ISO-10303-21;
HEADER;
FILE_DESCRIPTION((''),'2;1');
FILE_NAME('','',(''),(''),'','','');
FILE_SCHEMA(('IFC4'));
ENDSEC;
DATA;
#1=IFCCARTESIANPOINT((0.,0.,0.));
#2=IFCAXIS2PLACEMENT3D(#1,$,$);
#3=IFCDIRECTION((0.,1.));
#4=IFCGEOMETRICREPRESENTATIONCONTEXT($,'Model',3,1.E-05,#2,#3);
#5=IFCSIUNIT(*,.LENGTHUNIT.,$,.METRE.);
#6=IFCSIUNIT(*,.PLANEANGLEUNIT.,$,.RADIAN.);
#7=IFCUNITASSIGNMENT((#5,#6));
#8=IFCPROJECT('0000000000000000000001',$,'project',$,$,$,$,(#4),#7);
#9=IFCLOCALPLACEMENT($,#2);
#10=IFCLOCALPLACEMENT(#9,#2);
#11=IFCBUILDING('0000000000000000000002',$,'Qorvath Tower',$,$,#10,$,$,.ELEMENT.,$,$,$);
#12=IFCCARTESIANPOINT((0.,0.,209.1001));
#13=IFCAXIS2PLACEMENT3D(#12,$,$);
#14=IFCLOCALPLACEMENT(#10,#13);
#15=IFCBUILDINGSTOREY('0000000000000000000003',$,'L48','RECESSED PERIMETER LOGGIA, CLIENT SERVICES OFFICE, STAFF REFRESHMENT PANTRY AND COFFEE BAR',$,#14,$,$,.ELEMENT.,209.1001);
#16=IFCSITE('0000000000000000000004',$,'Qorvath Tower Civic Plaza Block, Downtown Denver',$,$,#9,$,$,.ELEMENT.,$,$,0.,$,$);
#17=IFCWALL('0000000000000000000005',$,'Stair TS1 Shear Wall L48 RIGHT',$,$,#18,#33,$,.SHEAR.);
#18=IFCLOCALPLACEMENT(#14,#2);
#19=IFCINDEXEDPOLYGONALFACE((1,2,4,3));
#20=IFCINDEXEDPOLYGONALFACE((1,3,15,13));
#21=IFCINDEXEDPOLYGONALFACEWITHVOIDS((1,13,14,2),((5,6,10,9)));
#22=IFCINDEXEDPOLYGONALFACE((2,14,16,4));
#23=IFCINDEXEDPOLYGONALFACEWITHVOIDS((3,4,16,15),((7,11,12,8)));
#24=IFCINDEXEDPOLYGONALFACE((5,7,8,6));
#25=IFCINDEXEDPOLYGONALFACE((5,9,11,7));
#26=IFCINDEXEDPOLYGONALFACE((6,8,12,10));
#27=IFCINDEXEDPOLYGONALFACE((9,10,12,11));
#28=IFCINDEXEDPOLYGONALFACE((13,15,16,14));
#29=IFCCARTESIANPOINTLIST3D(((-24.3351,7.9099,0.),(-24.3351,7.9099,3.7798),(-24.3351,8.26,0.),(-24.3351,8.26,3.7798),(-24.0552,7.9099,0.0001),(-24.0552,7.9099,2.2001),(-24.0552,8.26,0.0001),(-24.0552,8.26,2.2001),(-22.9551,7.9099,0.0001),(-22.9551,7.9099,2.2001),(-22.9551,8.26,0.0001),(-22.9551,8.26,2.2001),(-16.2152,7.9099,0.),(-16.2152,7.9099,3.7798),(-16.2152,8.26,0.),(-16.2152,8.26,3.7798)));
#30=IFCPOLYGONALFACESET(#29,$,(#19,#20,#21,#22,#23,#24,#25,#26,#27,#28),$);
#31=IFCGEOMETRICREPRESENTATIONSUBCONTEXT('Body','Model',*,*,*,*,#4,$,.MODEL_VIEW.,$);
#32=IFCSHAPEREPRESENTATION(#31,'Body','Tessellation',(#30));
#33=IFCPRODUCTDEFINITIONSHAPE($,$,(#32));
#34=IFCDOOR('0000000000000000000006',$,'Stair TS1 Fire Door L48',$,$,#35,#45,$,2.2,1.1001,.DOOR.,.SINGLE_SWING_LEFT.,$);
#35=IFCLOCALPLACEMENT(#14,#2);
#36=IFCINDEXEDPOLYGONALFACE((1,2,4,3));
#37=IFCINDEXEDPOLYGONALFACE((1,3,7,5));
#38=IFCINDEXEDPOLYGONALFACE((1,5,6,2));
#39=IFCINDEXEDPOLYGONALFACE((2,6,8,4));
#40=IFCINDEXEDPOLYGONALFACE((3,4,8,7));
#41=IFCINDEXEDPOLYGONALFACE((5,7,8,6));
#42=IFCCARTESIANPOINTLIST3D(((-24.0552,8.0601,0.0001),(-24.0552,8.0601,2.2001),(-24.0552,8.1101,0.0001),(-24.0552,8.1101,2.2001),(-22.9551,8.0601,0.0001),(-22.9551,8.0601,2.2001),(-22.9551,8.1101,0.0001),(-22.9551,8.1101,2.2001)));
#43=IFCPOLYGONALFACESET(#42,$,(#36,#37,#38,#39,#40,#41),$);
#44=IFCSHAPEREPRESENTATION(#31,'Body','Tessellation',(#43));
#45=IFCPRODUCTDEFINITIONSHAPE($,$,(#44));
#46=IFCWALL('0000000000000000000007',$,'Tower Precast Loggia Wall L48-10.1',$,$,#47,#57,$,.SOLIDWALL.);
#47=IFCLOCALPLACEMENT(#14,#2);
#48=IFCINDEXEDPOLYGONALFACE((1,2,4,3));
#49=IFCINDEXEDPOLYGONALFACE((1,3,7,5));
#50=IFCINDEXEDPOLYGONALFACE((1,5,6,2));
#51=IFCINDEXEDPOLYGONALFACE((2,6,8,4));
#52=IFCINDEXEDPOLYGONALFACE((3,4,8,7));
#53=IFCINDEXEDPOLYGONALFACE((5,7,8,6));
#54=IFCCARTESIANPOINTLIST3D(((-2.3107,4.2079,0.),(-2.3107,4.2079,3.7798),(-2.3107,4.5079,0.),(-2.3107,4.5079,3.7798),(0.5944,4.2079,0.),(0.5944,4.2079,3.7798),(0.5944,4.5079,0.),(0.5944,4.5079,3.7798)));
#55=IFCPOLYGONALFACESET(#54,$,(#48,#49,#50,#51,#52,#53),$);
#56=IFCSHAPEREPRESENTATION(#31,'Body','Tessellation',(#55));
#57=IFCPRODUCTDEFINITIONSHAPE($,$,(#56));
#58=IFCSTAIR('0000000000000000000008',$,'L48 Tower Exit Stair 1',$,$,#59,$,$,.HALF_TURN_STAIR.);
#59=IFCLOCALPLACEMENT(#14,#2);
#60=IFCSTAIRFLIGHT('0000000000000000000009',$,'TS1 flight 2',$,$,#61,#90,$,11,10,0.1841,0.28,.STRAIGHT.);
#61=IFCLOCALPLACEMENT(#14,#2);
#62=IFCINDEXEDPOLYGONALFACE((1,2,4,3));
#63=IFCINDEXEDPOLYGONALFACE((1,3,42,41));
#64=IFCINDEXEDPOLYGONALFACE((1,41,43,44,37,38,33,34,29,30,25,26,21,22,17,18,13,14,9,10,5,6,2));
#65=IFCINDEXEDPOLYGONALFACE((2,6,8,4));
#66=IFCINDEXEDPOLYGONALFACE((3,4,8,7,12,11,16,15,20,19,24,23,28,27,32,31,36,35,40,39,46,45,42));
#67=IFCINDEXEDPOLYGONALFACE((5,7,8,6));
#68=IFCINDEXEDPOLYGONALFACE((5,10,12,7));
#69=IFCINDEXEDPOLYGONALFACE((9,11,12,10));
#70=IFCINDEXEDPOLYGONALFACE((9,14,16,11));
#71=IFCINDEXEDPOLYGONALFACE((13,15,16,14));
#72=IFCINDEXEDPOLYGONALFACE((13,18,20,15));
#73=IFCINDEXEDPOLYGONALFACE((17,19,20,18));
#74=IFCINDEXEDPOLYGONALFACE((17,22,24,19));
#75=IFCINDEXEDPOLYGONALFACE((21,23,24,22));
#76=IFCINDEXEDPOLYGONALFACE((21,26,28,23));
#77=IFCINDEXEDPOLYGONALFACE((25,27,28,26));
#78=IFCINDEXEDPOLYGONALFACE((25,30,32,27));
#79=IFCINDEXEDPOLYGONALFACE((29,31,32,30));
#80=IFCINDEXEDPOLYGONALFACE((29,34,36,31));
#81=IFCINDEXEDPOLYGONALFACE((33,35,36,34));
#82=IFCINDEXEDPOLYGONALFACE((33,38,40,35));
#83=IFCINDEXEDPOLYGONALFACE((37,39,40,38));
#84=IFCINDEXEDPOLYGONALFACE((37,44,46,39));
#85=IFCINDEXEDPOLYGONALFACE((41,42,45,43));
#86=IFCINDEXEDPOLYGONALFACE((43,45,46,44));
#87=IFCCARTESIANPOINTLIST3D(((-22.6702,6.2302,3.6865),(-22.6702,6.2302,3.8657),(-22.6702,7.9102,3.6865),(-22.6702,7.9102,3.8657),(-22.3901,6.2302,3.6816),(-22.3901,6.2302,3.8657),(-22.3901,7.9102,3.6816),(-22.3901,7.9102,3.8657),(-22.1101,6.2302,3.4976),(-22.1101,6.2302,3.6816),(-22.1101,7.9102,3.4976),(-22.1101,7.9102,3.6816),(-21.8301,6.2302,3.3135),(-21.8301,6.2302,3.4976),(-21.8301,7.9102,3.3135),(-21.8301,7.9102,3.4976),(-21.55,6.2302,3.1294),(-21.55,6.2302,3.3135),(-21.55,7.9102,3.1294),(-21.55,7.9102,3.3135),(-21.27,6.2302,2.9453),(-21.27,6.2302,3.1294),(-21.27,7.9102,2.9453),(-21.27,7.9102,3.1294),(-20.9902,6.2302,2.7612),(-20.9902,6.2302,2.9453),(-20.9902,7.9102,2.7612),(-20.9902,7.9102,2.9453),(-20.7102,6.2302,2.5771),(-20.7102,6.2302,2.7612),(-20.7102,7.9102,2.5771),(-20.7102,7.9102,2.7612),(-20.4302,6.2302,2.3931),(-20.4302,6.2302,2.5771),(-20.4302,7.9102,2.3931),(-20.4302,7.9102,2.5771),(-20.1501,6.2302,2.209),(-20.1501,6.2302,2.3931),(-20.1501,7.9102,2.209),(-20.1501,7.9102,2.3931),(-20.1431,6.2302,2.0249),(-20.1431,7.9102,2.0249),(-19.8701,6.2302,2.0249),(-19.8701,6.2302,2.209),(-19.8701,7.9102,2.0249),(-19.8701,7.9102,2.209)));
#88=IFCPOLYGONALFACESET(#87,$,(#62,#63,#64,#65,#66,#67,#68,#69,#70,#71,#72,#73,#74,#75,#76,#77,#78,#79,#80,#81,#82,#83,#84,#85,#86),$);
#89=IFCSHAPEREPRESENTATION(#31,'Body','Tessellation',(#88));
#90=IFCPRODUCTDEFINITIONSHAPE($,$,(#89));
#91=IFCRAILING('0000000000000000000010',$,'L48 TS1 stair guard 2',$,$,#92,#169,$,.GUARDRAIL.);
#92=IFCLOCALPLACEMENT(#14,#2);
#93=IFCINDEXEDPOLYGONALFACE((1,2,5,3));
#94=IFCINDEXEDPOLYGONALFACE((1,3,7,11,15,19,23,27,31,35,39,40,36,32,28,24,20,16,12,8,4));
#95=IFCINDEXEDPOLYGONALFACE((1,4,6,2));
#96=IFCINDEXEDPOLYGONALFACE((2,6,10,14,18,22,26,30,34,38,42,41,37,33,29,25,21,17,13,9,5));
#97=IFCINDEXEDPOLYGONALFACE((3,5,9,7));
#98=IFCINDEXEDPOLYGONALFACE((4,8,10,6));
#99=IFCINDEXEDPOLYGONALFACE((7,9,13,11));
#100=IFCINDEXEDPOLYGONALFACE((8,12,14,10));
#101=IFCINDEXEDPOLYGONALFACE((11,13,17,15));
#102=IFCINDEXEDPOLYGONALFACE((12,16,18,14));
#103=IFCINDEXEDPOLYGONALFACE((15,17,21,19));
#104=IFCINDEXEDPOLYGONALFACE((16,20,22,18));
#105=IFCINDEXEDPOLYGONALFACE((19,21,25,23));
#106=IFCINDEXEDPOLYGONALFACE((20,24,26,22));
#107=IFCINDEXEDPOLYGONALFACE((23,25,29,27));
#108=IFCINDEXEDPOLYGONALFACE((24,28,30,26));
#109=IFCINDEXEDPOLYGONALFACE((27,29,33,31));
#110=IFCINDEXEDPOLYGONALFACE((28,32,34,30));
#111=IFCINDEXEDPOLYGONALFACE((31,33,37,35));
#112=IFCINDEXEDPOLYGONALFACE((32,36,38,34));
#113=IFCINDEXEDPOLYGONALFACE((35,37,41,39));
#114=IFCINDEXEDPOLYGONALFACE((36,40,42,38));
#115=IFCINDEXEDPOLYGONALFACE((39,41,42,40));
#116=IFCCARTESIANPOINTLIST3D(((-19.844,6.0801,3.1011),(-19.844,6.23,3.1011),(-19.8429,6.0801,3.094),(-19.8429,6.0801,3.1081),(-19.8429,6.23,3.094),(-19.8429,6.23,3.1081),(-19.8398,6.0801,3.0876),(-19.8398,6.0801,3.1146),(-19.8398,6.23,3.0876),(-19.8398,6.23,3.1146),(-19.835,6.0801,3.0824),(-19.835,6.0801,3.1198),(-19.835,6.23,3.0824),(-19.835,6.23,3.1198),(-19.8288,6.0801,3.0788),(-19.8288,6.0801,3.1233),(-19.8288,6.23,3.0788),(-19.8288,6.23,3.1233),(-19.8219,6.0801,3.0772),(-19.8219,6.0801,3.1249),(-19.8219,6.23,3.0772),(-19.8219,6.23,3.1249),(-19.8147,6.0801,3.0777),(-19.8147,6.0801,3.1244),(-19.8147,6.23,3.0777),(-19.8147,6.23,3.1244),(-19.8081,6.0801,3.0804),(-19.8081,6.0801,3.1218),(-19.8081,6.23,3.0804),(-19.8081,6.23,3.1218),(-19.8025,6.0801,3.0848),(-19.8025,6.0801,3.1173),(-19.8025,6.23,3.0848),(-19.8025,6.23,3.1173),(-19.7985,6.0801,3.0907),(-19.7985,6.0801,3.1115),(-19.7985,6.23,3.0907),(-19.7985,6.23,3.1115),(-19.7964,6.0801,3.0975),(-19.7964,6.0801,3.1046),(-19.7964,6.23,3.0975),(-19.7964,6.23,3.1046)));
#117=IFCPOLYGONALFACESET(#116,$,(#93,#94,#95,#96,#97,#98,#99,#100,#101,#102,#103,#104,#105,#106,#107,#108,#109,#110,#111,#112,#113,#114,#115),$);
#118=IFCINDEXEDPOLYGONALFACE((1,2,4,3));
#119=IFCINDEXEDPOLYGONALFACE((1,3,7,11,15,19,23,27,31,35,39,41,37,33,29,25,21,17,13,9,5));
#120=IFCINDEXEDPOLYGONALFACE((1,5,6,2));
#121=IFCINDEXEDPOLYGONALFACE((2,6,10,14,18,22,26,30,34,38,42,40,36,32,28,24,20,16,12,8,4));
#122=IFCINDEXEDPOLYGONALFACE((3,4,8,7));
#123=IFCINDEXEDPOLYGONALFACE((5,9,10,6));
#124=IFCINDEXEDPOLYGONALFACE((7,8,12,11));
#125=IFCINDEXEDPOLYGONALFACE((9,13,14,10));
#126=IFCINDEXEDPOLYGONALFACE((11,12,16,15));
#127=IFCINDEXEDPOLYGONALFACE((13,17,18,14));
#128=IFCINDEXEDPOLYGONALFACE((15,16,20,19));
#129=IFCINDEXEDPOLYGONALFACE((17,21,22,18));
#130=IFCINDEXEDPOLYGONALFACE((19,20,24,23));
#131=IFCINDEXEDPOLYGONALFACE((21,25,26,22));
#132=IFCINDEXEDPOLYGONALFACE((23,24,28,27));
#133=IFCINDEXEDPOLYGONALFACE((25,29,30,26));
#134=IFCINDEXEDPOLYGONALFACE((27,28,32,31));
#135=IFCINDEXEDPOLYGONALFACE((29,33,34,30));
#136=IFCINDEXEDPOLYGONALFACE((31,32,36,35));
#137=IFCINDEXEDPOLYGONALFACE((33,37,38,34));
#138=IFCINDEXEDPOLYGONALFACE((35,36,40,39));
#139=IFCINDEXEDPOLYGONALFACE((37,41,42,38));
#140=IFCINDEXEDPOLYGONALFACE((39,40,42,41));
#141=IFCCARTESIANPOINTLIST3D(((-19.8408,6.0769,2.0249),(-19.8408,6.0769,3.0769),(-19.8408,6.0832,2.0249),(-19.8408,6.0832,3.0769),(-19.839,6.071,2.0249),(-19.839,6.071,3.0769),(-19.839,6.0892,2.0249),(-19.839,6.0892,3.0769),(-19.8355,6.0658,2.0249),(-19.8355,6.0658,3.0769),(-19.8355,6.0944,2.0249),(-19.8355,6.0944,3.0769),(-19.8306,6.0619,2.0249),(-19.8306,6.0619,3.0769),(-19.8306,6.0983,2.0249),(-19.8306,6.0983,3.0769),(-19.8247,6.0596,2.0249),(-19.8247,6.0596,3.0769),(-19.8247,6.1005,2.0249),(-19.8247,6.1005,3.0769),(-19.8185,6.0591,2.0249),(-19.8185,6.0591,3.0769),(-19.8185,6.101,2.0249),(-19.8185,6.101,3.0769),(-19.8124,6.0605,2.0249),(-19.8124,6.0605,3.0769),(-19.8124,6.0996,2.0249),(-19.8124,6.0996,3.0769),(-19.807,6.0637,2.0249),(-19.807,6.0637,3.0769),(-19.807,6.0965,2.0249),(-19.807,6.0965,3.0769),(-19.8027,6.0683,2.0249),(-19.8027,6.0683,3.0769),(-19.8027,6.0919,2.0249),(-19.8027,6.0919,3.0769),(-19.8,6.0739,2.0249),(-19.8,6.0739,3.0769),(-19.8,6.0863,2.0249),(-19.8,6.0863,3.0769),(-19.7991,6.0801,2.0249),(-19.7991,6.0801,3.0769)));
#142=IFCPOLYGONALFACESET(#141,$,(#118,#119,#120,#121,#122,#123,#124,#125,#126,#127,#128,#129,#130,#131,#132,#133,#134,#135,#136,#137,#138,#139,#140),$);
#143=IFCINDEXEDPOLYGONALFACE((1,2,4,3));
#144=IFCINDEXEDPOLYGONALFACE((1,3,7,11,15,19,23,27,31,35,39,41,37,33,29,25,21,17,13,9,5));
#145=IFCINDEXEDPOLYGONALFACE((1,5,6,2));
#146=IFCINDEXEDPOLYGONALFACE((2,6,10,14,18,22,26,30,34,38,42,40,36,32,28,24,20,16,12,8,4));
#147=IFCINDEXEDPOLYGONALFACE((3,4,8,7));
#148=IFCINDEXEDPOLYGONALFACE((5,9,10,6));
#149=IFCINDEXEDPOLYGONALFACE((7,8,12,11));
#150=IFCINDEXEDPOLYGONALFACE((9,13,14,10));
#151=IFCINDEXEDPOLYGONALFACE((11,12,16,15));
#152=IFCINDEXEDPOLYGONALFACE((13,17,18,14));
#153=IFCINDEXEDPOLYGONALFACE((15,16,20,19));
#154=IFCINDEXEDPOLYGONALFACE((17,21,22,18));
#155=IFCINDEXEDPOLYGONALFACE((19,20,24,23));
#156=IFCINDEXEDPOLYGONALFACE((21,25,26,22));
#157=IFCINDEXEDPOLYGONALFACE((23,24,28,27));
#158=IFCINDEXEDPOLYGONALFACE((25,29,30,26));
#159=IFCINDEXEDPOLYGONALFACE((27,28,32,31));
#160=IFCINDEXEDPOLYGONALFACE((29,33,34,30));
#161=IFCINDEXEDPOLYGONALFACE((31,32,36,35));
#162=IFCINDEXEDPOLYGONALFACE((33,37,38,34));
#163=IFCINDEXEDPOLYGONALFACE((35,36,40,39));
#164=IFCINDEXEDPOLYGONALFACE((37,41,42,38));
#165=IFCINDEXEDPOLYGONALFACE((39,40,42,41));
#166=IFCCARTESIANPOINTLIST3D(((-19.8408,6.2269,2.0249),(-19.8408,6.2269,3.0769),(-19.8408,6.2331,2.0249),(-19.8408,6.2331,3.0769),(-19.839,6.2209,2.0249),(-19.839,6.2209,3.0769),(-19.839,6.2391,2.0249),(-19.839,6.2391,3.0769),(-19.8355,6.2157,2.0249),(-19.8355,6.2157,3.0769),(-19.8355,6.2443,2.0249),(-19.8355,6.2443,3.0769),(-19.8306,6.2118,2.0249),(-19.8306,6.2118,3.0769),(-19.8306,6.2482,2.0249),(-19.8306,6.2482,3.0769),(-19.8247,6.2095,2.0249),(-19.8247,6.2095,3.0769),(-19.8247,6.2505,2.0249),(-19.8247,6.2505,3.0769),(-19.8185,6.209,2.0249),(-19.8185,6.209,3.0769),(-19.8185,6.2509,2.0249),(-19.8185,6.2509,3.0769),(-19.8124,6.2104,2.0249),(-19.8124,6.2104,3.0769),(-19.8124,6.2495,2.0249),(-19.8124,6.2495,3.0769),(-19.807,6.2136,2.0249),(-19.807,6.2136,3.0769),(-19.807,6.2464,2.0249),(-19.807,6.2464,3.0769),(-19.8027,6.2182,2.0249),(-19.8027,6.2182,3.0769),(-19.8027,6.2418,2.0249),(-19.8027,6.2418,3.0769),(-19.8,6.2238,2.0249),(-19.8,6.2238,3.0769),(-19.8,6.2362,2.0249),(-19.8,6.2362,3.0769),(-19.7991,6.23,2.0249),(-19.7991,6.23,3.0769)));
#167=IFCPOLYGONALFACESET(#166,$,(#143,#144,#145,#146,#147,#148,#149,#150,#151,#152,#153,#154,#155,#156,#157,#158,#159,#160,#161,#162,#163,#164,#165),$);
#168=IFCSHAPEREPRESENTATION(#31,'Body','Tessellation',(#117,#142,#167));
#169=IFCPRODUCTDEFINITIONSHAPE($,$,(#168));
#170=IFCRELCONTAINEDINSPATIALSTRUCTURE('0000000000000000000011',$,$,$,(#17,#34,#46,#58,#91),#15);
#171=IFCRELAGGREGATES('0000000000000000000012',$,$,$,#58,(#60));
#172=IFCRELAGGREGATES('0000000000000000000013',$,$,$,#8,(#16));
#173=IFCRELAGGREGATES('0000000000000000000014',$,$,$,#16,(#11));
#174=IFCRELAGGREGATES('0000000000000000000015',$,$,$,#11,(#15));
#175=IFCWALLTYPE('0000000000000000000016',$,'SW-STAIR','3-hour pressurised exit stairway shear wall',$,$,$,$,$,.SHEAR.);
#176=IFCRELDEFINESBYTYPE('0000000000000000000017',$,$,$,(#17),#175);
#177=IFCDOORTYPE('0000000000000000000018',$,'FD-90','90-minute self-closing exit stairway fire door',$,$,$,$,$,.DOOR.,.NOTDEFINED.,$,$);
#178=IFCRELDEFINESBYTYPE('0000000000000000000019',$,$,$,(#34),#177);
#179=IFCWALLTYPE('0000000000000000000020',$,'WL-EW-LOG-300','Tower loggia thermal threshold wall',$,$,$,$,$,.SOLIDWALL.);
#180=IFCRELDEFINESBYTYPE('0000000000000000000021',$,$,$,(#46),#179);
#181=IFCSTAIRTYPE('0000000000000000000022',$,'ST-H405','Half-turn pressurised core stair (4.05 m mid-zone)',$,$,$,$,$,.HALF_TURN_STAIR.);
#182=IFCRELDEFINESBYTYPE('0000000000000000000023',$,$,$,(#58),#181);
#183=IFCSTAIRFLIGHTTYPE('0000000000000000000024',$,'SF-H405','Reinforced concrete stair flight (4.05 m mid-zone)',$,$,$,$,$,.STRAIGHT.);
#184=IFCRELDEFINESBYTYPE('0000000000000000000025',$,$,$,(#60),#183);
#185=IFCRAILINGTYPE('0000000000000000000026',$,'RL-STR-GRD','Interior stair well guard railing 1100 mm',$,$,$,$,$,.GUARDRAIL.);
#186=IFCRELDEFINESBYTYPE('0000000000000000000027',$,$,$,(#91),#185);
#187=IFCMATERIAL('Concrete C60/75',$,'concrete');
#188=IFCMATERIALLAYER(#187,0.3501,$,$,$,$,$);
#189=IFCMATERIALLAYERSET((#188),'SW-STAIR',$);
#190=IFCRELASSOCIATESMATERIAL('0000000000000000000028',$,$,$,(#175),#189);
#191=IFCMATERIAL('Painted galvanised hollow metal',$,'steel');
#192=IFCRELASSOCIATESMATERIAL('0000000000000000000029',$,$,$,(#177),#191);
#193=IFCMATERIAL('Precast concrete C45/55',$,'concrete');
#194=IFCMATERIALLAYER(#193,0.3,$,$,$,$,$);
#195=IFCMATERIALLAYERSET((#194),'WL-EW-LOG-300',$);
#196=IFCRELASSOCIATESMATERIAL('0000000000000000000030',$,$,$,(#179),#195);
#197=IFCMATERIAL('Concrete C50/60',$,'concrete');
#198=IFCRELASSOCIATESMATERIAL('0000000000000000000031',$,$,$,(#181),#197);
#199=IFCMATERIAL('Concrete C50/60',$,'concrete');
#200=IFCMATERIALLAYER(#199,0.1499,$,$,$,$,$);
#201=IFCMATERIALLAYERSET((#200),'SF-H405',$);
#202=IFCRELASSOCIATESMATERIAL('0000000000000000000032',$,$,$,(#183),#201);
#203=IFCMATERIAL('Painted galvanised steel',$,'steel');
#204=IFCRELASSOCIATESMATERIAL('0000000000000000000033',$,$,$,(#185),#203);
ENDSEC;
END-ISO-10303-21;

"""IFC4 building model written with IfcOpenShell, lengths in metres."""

from ifc_helpers import new_model, si_unit, direction, frame, frame_2d, origin, origin_2d, place, context, subcontext, project, spatial, polyline, rectangle, circle, outline, extrude, material, layer, layer_set, type_object, element, fill, aggregate, save


model = new_model("IFC4")

# Units and contexts
model_context = context("Model", 3, precision=1e-05, world=origin(), true_north=direction((0.0, 1.0)))
body_context = subcontext(model_context, "Body", "Model", "MODEL_VIEW")
ifc_project = project(units=[si_unit("LENGTHUNIT", "METRE"), si_unit("PLANEANGLEUNIT", "RADIAN")], contexts=[model_context])

# Site, building, storey
site_placement = place(None, origin())
site = spatial("IfcSite", under=ifc_project, at=site_placement, Name="Qorvath Tower Civic Plaza Block, Downtown Denver", CompositionType="ELEMENT", RefElevation=0.0)
building_placement = place(site_placement, origin())
building = spatial("IfcBuilding", under=site, at=building_placement, Name="Qorvath Tower", CompositionType="ELEMENT")
storey_placement = place(building_placement, frame((0.0, 0.0, 209.1001)))
storey = spatial("IfcBuildingStorey", under=building, at=storey_placement, Name="L48", Description="RECESSED PERIMETER LOGGIA, CLIENT SERVICES OFFICE, STAFF REFRESHMENT PANTRY AND COFFEE BAR", CompositionType="ELEMENT", Elevation=209.1001)

# Wall, opening, door
ifc_material_1 = material(Name="Concrete C60/75", Category="concrete")
ifc_layer_1 = layer(ifc_material_1, 0.3501)
ifc_layer_set_1 = layer_set([ifc_layer_1], Name="SW-STAIR")
wall_type_1 = type_object("IfcWallType", Name="SW-STAIR", Description="3-hour pressurised exit stairway shear wall", PredefinedType="SHEAR", material=ifc_layer_set_1)
wall_1_placement = place(storey_placement, frame((-16.2151, 8.085, 0.0), z_axis=(0.0, 0.0, 1.0), x_axis=(-1.0, 0.0, 0.0)))
wall_1 = element("IfcWall", 1, at=wall_1_placement, inside=storey, type_object=wall_type_1, Name="Stair TS1 Shear Wall L48 RIGHT", PredefinedType="SHEAR", context=body_context, shape_type="SweptSolid", body=[
    extrude(rectangle(XDim=8.1199, YDim=0.3501, at=frame_2d((4.0601, 0.0))), origin(), (0.0, 0.0, 1.0), 3.7798),
])
opening_1_placement = place(wall_1_placement, frame((6.74, 0.0, 0.0)))
opening_1 = element("IfcOpeningElement", 2, at=opening_1_placement, cuts=wall_1, PredefinedType="OPENING", context=body_context, shape_type="SweptSolid", body=[
    extrude(rectangle(XDim=1.1001, YDim=2.2, at=frame_2d((0.55, 1.1001))), frame((0.0, 0.1851, 0.0), z_axis=(0.0, -1.0, 0.0), x_axis=(1.0, 0.0, 0.0)), (0.0, 0.0, 1.0), 0.3701),
])
ifc_material_2 = material(Name="Painted galvanised hollow metal", Category="steel")
door_type_1 = type_object("IfcDoorType", Name="FD-90", Description="90-minute self-closing exit stairway fire door", OperationType="NOTDEFINED", PredefinedType="DOOR", material=ifc_material_2)
door_1_placement = place(opening_1_placement, origin())
door_1 = element("IfcDoor", 3, at=door_1_placement, inside=storey, type_object=door_type_1, Name="Stair TS1 Fire Door L48", OperationType="SINGLE_SWING_LEFT", OverallHeight=2.2, OverallWidth=1.1001, PredefinedType="DOOR", context=body_context, shape_type="SweptSolid", body=[
    extrude(rectangle(XDim=1.1001, YDim=2.2, at=frame_2d((0.55, 1.1001))), frame((0.0, 0.0249, 0.0), z_axis=(0.0, -1.0, 0.0), x_axis=(1.0, 0.0, 0.0)), (0.0, 0.0, 1.0), 0.05),
])
fill(opening_1, door_1)

# Wall
ifc_material_3 = material(Name="Precast concrete C45/55", Category="concrete")
ifc_layer_2 = layer(ifc_material_3, 0.3)
ifc_layer_set_2 = layer_set([ifc_layer_2], Name="WL-EW-LOG-300")
wall_type_2 = type_object("IfcWallType", Name="WL-EW-LOG-300", Description="Tower loggia thermal threshold wall", PredefinedType="SOLIDWALL", material=ifc_layer_set_2)
wall_2_placement = place(storey_placement, frame((-2.3108, 4.3579, 0.0), z_axis=(0.0, 0.0, 1.0), x_axis=(1.0, 0.0, 0.0)))
element("IfcWall", 4, at=wall_2_placement, inside=storey, type_object=wall_type_2, Name="Tower Precast Loggia Wall L48-10.1", PredefinedType="SOLIDWALL", context=body_context, shape_type="SweptSolid", body=[
    extrude(rectangle(XDim=2.905, YDim=0.3, at=frame_2d((1.4526, 0.0))), origin(), (0.0, 0.0, 1.0), 3.7798),
])

# Stair, stair flight
ifc_material_4 = material(Name="Concrete C50/60", Category="concrete")
stair_type = type_object("IfcStairType", Name="ST-H405", Description="Half-turn pressurised core stair (4.05 m mid-zone)", PredefinedType="HALF_TURN_STAIR", material=ifc_material_4)
stair_placement = place(storey_placement, origin())
stair = element("IfcStair", 5, at=stair_placement, inside=storey, type_object=stair_type, Name="L48 Tower Exit Stair 1", PredefinedType="HALF_TURN_STAIR")
ifc_material_5 = material(Name="Concrete C50/60", Category="concrete")
ifc_layer_3 = layer(ifc_material_5, 0.1499)
ifc_layer_set_3 = layer_set([ifc_layer_3], Name="SF-H405")
stair_flight_type = type_object("IfcStairFlightType", Name="SF-H405", Description="Reinforced concrete stair flight (4.05 m mid-zone)", PredefinedType="STRAIGHT", material=ifc_layer_set_3)
stair_flight_placement = place(storey_placement, frame((-19.8701, 7.0701, 2.0249), z_axis=(0.0, 0.0, 1.0), x_axis=(-1.0, 0.0, 0.0)))
stair_flight = element("IfcStairFlight", 6, at=stair_flight_placement, type_object=stair_flight_type, Name="TS1 flight 2", NumberOfRisers=11, NumberOfTreads=10, PredefinedType="STRAIGHT", RiserHeight=0.1841, TreadLength=0.28, context=body_context, shape_type="SweptSolid", body=[
    extrude(outline(polyline([(0.0, 0.0), (0.0, 0.1841), (0.28, 0.1841), (0.28, 0.3682), (0.5601, 0.3682), (0.5601, 0.5522), (0.8401, 0.5522), (0.8401, 0.7363), (1.1201, 0.7363), (1.1201, 0.9204), (1.3999, 0.9204), (1.3999, 1.1045), (1.6799, 1.1045), (1.6799, 1.2886), (1.96, 1.2886), (1.96, 1.4727), (2.24, 1.4727), (2.24, 1.6567), (2.52, 1.6567), (2.52, 1.8408), (2.8, 1.8408), (2.8, 2.0249), (2.8, 1.6616), (0.2729, 0.0), (0.0, 0.0)])), frame((0.0, 0.8398, 0.0), z_axis=(0.0, -1.0, 0.0), x_axis=(1.0, 0.0, 0.0)), (0.0, 0.0, 1.0), 1.6799),
])
aggregate(stair, [stair_flight])

# Railing
ifc_material_6 = material(Name="Painted galvanised steel", Category="steel")
railing_type_1 = type_object("IfcRailingType", Name="RL-STR-GRD", Description="Interior stair well guard railing 1100 mm", PredefinedType="GUARDRAIL", material=ifc_material_6)
railing_1_placement = place(storey_placement, frame((-19.8201, 6.0801, 2.0249)))
element("IfcRailing", 7, at=railing_1_placement, inside=storey, type_object=railing_type_1, Name="L48 TS1 stair guard 2", PredefinedType="GUARDRAIL", context=body_context, shape_type="SweptSolid", body=[
    extrude(circle(Radius=0.0239, at=origin_2d()), frame((0.0, 0.0, 1.0762), z_axis=(0.0, 1.0, 0.0), x_axis=(-1.0, 0.0, 0.0)), (0.0, 0.0, 1.0), 0.1499),
    extrude(circle(Radius=0.021, at=origin_2d()), origin(), (0.0, 0.0, 1.0), 1.052),
    extrude(circle(Radius=0.021, at=origin_2d()), frame((0.0, 0.1499, 0.0)), (0.0, 0.0, 1.0), 1.052),
])

save(model, "model.ifc")
